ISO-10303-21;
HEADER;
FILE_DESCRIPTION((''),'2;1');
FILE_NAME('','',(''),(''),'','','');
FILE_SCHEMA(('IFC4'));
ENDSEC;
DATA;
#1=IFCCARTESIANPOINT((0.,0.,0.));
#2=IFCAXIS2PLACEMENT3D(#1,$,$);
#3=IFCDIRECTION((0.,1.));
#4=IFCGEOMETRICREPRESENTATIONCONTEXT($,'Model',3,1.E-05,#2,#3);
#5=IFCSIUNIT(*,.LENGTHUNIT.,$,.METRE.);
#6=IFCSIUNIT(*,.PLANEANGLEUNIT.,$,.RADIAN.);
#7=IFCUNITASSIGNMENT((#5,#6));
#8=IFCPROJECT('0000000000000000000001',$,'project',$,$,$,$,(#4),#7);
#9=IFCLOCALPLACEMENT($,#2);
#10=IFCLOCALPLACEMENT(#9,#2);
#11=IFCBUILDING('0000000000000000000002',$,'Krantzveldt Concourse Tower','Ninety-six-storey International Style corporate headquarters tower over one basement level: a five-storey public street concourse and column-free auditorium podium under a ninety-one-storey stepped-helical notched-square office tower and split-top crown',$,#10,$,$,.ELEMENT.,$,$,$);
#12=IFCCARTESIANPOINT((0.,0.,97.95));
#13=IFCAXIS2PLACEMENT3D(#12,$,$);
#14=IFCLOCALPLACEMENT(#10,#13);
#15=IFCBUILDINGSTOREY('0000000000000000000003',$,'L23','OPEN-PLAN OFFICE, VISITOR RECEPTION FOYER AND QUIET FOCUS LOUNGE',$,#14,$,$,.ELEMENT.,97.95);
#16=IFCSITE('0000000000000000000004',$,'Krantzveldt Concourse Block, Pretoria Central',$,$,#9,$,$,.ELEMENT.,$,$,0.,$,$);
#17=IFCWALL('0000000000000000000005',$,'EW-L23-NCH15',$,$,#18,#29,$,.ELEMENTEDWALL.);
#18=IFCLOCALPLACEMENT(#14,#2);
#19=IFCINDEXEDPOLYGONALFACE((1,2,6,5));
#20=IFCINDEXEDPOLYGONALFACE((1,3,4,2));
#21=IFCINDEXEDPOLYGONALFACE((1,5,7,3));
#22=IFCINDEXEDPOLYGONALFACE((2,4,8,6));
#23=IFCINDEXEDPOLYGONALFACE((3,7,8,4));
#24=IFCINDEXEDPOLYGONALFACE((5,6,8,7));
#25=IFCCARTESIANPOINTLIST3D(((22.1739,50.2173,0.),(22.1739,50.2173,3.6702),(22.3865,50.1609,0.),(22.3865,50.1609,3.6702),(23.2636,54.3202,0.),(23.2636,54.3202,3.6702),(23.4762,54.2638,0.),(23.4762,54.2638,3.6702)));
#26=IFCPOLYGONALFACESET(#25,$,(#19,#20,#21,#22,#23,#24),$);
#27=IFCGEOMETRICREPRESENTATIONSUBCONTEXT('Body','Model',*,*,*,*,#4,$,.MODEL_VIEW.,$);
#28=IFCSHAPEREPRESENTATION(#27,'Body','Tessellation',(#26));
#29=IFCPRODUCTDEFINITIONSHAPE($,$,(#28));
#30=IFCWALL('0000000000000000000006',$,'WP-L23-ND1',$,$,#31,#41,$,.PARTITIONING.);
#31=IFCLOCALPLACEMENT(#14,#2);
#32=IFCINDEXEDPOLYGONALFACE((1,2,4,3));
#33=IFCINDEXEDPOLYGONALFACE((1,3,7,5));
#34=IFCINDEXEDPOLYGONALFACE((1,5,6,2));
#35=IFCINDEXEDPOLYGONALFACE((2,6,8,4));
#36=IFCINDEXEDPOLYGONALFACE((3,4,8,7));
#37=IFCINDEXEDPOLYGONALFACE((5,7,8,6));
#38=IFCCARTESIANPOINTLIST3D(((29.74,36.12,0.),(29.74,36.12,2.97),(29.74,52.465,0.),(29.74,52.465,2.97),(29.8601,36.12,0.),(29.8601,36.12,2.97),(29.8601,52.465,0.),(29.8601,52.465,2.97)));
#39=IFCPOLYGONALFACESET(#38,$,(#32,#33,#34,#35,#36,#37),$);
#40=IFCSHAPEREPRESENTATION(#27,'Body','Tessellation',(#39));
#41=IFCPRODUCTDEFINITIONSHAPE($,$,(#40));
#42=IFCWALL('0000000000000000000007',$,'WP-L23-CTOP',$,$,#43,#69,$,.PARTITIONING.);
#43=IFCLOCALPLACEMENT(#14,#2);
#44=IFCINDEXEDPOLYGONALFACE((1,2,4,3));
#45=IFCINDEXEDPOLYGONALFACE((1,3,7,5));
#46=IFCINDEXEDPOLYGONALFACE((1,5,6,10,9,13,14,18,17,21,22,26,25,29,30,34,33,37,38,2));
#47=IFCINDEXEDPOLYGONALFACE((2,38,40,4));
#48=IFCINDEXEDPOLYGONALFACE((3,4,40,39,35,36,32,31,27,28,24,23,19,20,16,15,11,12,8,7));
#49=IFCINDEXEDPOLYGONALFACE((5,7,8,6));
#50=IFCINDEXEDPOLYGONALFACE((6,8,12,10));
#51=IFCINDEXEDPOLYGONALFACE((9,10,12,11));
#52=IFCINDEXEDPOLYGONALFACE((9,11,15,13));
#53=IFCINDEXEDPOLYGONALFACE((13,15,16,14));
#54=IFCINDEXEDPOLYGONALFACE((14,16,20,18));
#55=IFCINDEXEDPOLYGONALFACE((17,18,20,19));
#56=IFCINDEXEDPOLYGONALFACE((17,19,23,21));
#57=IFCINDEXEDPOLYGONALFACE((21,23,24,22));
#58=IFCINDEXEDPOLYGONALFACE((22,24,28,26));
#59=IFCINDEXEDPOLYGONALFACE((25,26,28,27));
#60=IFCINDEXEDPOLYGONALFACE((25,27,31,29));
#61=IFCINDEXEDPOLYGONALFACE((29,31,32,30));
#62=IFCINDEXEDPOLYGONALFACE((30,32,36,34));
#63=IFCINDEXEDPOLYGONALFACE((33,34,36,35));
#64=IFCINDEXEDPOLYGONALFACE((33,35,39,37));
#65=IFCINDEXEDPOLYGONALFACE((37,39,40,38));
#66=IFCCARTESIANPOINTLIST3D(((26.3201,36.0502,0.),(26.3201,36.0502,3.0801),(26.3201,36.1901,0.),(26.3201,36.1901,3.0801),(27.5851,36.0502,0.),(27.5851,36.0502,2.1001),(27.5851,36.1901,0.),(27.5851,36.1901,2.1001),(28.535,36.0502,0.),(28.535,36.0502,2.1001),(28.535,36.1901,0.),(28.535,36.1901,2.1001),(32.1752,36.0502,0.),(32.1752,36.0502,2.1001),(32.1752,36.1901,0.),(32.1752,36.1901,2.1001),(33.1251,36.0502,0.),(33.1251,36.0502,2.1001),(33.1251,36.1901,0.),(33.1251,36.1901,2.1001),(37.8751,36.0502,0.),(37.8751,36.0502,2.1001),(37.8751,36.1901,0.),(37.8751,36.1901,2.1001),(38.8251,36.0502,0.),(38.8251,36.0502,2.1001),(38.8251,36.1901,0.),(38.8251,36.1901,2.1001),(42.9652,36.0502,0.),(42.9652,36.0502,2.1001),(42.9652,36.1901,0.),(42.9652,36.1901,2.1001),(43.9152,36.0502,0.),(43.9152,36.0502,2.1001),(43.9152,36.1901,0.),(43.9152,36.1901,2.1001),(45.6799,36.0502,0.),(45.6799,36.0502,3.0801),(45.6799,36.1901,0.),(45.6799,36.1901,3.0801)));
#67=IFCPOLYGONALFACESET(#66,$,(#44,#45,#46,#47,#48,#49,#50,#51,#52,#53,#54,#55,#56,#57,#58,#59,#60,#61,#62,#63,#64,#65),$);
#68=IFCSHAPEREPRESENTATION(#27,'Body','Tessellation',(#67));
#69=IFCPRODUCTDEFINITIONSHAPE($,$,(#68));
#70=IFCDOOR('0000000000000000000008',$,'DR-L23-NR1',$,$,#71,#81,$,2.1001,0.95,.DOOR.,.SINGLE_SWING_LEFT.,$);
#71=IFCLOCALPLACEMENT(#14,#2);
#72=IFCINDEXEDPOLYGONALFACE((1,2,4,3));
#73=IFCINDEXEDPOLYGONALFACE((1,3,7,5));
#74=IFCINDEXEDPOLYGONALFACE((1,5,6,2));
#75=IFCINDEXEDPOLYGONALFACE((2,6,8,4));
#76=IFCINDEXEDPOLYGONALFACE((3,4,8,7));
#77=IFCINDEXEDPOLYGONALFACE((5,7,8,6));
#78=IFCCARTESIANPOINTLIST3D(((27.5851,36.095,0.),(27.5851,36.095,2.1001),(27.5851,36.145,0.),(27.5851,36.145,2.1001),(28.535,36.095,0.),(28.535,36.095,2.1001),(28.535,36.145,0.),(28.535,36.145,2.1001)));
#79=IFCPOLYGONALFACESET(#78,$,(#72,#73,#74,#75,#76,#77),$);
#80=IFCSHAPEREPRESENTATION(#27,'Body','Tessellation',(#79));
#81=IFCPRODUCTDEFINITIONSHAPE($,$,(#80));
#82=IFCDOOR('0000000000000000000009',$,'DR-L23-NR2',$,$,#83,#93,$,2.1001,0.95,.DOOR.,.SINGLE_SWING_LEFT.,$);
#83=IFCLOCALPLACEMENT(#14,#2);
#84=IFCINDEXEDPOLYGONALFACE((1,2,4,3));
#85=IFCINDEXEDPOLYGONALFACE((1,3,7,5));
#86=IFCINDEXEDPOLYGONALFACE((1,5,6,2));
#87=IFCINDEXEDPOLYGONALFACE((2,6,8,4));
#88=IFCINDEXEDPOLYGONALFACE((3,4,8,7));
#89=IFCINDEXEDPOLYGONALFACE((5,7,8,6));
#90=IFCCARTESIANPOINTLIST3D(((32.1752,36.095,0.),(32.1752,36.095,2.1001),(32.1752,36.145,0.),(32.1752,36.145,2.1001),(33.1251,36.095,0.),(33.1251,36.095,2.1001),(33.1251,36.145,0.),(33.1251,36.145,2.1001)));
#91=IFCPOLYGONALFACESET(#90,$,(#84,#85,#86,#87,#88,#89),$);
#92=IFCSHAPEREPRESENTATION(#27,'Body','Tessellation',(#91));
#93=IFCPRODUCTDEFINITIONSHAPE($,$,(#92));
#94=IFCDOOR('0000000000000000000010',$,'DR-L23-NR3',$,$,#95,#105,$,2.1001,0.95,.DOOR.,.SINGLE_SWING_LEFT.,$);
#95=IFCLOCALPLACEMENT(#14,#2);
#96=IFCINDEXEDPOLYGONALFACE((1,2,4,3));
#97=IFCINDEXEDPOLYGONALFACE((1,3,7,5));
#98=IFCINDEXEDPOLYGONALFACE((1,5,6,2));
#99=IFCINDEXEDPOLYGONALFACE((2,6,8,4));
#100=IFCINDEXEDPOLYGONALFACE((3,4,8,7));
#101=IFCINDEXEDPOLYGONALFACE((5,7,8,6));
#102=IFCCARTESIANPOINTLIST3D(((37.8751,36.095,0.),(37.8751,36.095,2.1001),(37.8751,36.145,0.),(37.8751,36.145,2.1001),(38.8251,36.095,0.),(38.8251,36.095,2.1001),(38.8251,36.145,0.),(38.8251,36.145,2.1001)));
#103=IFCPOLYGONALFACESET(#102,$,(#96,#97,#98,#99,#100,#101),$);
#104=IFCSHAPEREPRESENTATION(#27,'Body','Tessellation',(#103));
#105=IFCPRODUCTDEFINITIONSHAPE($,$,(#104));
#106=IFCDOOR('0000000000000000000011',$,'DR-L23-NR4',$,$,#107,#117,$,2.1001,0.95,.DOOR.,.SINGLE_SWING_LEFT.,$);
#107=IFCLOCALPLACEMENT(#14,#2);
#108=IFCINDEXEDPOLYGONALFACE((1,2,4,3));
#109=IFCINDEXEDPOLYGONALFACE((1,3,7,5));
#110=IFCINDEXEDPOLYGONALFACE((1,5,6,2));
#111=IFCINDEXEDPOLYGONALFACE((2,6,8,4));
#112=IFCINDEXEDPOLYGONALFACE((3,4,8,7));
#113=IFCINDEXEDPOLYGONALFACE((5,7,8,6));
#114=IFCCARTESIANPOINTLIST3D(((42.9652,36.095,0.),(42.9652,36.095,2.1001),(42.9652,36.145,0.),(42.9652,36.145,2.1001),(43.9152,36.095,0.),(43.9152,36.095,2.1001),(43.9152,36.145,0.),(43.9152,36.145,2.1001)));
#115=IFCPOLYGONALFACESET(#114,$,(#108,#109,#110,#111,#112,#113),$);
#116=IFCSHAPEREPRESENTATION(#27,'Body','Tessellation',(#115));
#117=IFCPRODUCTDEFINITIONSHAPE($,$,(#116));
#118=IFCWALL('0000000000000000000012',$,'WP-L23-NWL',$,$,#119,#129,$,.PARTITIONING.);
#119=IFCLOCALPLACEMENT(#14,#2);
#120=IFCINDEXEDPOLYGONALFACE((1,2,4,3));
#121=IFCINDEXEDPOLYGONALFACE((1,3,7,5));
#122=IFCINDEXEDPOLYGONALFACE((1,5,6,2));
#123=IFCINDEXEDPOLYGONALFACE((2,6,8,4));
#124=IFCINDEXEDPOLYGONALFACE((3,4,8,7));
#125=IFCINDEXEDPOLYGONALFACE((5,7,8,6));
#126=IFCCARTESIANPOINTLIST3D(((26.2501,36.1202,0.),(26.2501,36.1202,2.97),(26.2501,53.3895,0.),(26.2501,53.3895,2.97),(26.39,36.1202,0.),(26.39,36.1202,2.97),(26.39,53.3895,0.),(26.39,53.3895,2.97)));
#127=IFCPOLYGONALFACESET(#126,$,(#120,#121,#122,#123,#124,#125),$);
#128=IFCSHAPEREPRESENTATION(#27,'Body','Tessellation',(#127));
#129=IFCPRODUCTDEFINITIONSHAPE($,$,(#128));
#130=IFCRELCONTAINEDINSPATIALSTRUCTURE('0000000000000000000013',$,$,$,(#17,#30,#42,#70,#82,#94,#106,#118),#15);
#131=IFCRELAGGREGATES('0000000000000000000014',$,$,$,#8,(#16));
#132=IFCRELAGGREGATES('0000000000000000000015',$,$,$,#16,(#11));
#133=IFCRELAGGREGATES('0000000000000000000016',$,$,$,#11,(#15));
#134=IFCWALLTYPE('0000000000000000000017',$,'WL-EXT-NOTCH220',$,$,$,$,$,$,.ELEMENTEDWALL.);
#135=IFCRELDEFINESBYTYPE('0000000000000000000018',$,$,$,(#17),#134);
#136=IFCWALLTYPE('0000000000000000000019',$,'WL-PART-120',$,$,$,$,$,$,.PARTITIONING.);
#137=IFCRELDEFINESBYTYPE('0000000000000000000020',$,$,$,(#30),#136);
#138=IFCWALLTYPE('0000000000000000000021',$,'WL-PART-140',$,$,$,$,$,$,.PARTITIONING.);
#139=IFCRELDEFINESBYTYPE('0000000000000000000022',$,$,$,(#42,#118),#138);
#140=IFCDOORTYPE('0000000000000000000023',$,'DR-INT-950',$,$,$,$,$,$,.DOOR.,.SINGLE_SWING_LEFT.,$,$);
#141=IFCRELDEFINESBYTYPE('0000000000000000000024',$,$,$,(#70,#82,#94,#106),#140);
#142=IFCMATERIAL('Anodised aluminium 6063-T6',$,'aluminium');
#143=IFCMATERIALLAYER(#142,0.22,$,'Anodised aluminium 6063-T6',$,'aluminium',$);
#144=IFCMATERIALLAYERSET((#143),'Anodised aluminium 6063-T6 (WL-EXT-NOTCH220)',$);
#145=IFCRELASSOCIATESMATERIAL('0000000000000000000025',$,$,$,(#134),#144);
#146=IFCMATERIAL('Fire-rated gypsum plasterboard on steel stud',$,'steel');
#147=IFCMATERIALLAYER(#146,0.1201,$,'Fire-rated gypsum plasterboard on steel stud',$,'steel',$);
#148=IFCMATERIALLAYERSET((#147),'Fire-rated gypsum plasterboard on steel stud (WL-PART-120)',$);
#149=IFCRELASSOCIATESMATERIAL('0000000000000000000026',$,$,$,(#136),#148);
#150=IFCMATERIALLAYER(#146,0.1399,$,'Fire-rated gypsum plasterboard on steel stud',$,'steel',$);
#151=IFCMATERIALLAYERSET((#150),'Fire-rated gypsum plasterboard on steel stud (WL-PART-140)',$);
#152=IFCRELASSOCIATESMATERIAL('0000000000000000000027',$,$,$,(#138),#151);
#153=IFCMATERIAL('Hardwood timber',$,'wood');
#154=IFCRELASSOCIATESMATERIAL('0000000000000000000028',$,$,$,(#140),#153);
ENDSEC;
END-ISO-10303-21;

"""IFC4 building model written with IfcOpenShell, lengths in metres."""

from ifc_helpers import new_model, si_unit, direction, frame, frame_2d, origin, place, context, subcontext, project, spatial, rectangle, extrude, material, layer, layer_set, type_object, element, fill, save


model = new_model("IFC4")

# Units and contexts
model_context = context("Model", 3, precision=1e-05, world=origin(), true_north=direction((0.0, 1.0)))
body_context = subcontext(model_context, "Body", "Model", "MODEL_VIEW")
ifc_project = project(units=[si_unit("LENGTHUNIT", "METRE"), si_unit("PLANEANGLEUNIT", "RADIAN")], contexts=[model_context])

# Site, building, storey
site_placement = place(None, origin())
site = spatial("IfcSite", under=ifc_project, at=site_placement, Name="Krantzveldt Concourse Block, Pretoria Central", CompositionType="ELEMENT", RefElevation=0.0)
building_placement = place(site_placement, origin())
building = spatial("IfcBuilding", under=site, at=building_placement, Name="Krantzveldt Concourse Tower", Description="Ninety-six-storey International Style corporate headquarters tower over one basement level: a five-storey public street concourse and column-free auditorium podium under a ninety-one-storey stepped-helical notched-square office tower and split-top crown", CompositionType="ELEMENT")
storey_placement = place(building_placement, frame((0.0, 0.0, 97.95)))
storey = spatial("IfcBuildingStorey", under=building, at=storey_placement, Name="L23", Description="OPEN-PLAN OFFICE, VISITOR RECEPTION FOYER AND QUIET FOCUS LOUNGE", CompositionType="ELEMENT", Elevation=97.95)

# Shared definitions
ifc_material_1 = material(Name="Anodised aluminium 6063-T6", Category="aluminium")

# Walls
ifc_layer_1 = layer(ifc_material_1, 0.22, Name="Anodised aluminium 6063-T6", Category="aluminium")
ifc_layer_set_1 = layer_set([ifc_layer_1], Name="Anodised aluminium 6063-T6 (WL-EXT-NOTCH220)")
wall_type_1 = type_object("IfcWallType", Name="WL-EXT-NOTCH220", PredefinedType="ELEMENTEDWALL", material=ifc_layer_set_1)
wall_1_placement = place(storey_placement, frame((23.3699, 54.292, 0.0), z_axis=(0.0, 0.0, 1.0), x_axis=(-0.256678, -0.966497, 0.0)))
element("IfcWall", 1, at=wall_1_placement, inside=storey, type_object=wall_type_1, Name="EW-L23-NCH15", PredefinedType="ELEMENTEDWALL", context=body_context, shape_type="SweptSolid", body=[
    extrude(rectangle(XDim=4.2451, YDim=0.22, at=frame_2d((2.1226, 0.0))), origin(), (0.0, 0.0, 1.0), 3.6702),
])
ifc_material_2 = material(Name="Fire-rated gypsum plasterboard on steel stud", Category="steel")
ifc_layer_2 = layer(ifc_material_2, 0.1201, Name="Fire-rated gypsum plasterboard on steel stud", Category="steel")
ifc_layer_set_2 = layer_set([ifc_layer_2], Name="Fire-rated gypsum plasterboard on steel stud (WL-PART-120)")
wall_type_2 = type_object("IfcWallType", Name="WL-PART-120", PredefinedType="PARTITIONING", material=ifc_layer_set_2)
wall_2_placement = place(storey_placement, frame((29.8, 36.1201, 0.0), z_axis=(0.0, 0.0, 1.0), x_axis=(0.0, 1.0, 0.0)))
element("IfcWall", 2, at=wall_2_placement, inside=storey, type_object=wall_type_2, Name="WP-L23-ND1", PredefinedType="PARTITIONING", context=body_context, shape_type="SweptSolid", body=[
    extrude(rectangle(XDim=16.345, YDim=0.1201, at=frame_2d((8.1724, 0.0))), origin(), (0.0, 0.0, 1.0), 2.97),
])

# Wall, openings, doors
ifc_layer_3 = layer(ifc_material_2, 0.1399, Name="Fire-rated gypsum plasterboard on steel stud", Category="steel")
ifc_layer_set_3 = layer_set([ifc_layer_3], Name="Fire-rated gypsum plasterboard on steel stud (WL-PART-140)")
wall_type_3 = type_object("IfcWallType", Name="WL-PART-140", PredefinedType="PARTITIONING", material=ifc_layer_set_3)
wall_3_placement = place(storey_placement, frame((26.3201, 36.1201, 0.0), z_axis=(0.0, 0.0, 1.0), x_axis=(1.0, 0.0, 0.0)))
wall_3 = element("IfcWall", 3, at=wall_3_placement, inside=storey, type_object=wall_type_3, Name="WP-L23-CTOP", PredefinedType="PARTITIONING", context=body_context, shape_type="SweptSolid", body=[
    extrude(rectangle(XDim=19.3599, YDim=0.1399, at=frame_2d((9.6799, 0.0))), origin(), (0.0, 0.0, 1.0), 3.0801),
])
opening_1_placement = place(wall_3_placement, frame((1.2649, 0.0, 0.0)))
opening_1 = element("IfcOpeningElement", 4, at=opening_1_placement, cuts=wall_3, PredefinedType="OPENING", context=body_context, shape_type="SweptSolid", body=[
    extrude(rectangle(XDim=0.95, YDim=2.1001, at=frame_2d((0.4751, 1.05))), frame((0.0, 0.0801, 0.0), z_axis=(0.0, -1.0, 0.0), x_axis=(1.0, 0.0, 0.0)), (0.0, 0.0, 1.0), 0.1599),
])
opening_2_placement = place(wall_3_placement, frame((5.855, 0.0, 0.0)))
opening_2 = element("IfcOpeningElement", 5, at=opening_2_placement, cuts=wall_3, PredefinedType="OPENING", context=body_context, shape_type="SweptSolid", body=[
    extrude(rectangle(XDim=0.95, YDim=2.1001, at=frame_2d((0.4751, 1.05))), frame((0.0, 0.0801, 0.0), z_axis=(0.0, -1.0, 0.0), x_axis=(1.0, 0.0, 0.0)), (0.0, 0.0, 1.0), 0.1599),
])
opening_3_placement = place(wall_3_placement, frame((11.5549, 0.0, 0.0)))
opening_3 = element("IfcOpeningElement", 6, at=opening_3_placement, cuts=wall_3, PredefinedType="OPENING", context=body_context, shape_type="SweptSolid", body=[
    extrude(rectangle(XDim=0.95, YDim=2.1001, at=frame_2d((0.4751, 1.05))), frame((0.0, 0.0801, 0.0), z_axis=(0.0, -1.0, 0.0), x_axis=(1.0, 0.0, 0.0)), (0.0, 0.0, 1.0), 0.1599),
])
opening_4_placement = place(wall_3_placement, frame((16.645, 0.0, 0.0)))
opening_4 = element("IfcOpeningElement", 7, at=opening_4_placement, cuts=wall_3, PredefinedType="OPENING", context=body_context, shape_type="SweptSolid", body=[
    extrude(rectangle(XDim=0.95, YDim=2.1001, at=frame_2d((0.4751, 1.05))), frame((0.0, 0.0801, 0.0), z_axis=(0.0, -1.0, 0.0), x_axis=(1.0, 0.0, 0.0)), (0.0, 0.0, 1.0), 0.1599),
])
ifc_material_3 = material(Name="Hardwood timber", Category="wood")
door_type = type_object("IfcDoorType", Name="DR-INT-950", OperationType="SINGLE_SWING_LEFT", PredefinedType="DOOR", material=ifc_material_3)
door_1_placement = place(opening_1_placement, origin())
door_1 = element("IfcDoor", 8, at=door_1_placement, inside=storey, type_object=door_type, Name="DR-L23-NR1", OperationType="SINGLE_SWING_LEFT", OverallHeight=2.1001, OverallWidth=0.95, PredefinedType="DOOR", context=body_context, shape_type="SweptSolid", body=[
    extrude(rectangle(XDim=0.95, YDim=2.1001, at=frame_2d((0.4751, 1.05))), frame((0.0, 0.0249, 0.0), z_axis=(0.0, -1.0, 0.0), x_axis=(1.0, 0.0, 0.0)), (0.0, 0.0, 1.0), 0.05),
])
fill(opening_1, door_1)
door_2_placement = place(opening_2_placement, origin())
door_2 = element("IfcDoor", 9, at=door_2_placement, inside=storey, type_object=door_type, Name="DR-L23-NR2", OperationType="SINGLE_SWING_LEFT", OverallHeight=2.1001, OverallWidth=0.95, PredefinedType="DOOR", context=body_context, shape_type="SweptSolid", body=[
    extrude(rectangle(XDim=0.95, YDim=2.1001, at=frame_2d((0.4751, 1.05))), frame((0.0, 0.0249, 0.0), z_axis=(0.0, -1.0, 0.0), x_axis=(1.0, 0.0, 0.0)), (0.0, 0.0, 1.0), 0.05),
])
fill(opening_2, door_2)
door_3_placement = place(opening_3_placement, origin())
door_3 = element("IfcDoor", 10, at=door_3_placement, inside=storey, type_object=door_type, Name="DR-L23-NR3", OperationType="SINGLE_SWING_LEFT", OverallHeight=2.1001, OverallWidth=0.95, PredefinedType="DOOR", context=body_context, shape_type="SweptSolid", body=[
    extrude(rectangle(XDim=0.95, YDim=2.1001, at=frame_2d((0.4751, 1.05))), frame((0.0, 0.0249, 0.0), z_axis=(0.0, -1.0, 0.0), x_axis=(1.0, 0.0, 0.0)), (0.0, 0.0, 1.0), 0.05),
])
fill(opening_3, door_3)
door_4_placement = place(opening_4_placement, origin())
door_4 = element("IfcDoor", 11, at=door_4_placement, inside=storey, type_object=door_type, Name="DR-L23-NR4", OperationType="SINGLE_SWING_LEFT", OverallHeight=2.1001, OverallWidth=0.95, PredefinedType="DOOR", context=body_context, shape_type="SweptSolid", body=[
    extrude(rectangle(XDim=0.95, YDim=2.1001, at=frame_2d((0.4751, 1.05))), frame((0.0, 0.0249, 0.0), z_axis=(0.0, -1.0, 0.0), x_axis=(1.0, 0.0, 0.0)), (0.0, 0.0, 1.0), 0.05),
])
fill(opening_4, door_4)

# Wall
wall_4_placement = place(storey_placement, frame((26.3201, 36.1201, 0.0), z_axis=(0.0, 0.0, 1.0), x_axis=(0.0, 1.0, 0.0)))
element("IfcWall", 12, at=wall_4_placement, inside=storey, type_object=wall_type_3, Name="WP-L23-NWL", PredefinedType="PARTITIONING", context=body_context, shape_type="SweptSolid", body=[
    extrude(rectangle(XDim=17.2693, YDim=0.1399, at=frame_2d((8.6348, 0.0))), origin(), (0.0, 0.0, 1.0), 2.97),
])

save(model, "model.ifc")
